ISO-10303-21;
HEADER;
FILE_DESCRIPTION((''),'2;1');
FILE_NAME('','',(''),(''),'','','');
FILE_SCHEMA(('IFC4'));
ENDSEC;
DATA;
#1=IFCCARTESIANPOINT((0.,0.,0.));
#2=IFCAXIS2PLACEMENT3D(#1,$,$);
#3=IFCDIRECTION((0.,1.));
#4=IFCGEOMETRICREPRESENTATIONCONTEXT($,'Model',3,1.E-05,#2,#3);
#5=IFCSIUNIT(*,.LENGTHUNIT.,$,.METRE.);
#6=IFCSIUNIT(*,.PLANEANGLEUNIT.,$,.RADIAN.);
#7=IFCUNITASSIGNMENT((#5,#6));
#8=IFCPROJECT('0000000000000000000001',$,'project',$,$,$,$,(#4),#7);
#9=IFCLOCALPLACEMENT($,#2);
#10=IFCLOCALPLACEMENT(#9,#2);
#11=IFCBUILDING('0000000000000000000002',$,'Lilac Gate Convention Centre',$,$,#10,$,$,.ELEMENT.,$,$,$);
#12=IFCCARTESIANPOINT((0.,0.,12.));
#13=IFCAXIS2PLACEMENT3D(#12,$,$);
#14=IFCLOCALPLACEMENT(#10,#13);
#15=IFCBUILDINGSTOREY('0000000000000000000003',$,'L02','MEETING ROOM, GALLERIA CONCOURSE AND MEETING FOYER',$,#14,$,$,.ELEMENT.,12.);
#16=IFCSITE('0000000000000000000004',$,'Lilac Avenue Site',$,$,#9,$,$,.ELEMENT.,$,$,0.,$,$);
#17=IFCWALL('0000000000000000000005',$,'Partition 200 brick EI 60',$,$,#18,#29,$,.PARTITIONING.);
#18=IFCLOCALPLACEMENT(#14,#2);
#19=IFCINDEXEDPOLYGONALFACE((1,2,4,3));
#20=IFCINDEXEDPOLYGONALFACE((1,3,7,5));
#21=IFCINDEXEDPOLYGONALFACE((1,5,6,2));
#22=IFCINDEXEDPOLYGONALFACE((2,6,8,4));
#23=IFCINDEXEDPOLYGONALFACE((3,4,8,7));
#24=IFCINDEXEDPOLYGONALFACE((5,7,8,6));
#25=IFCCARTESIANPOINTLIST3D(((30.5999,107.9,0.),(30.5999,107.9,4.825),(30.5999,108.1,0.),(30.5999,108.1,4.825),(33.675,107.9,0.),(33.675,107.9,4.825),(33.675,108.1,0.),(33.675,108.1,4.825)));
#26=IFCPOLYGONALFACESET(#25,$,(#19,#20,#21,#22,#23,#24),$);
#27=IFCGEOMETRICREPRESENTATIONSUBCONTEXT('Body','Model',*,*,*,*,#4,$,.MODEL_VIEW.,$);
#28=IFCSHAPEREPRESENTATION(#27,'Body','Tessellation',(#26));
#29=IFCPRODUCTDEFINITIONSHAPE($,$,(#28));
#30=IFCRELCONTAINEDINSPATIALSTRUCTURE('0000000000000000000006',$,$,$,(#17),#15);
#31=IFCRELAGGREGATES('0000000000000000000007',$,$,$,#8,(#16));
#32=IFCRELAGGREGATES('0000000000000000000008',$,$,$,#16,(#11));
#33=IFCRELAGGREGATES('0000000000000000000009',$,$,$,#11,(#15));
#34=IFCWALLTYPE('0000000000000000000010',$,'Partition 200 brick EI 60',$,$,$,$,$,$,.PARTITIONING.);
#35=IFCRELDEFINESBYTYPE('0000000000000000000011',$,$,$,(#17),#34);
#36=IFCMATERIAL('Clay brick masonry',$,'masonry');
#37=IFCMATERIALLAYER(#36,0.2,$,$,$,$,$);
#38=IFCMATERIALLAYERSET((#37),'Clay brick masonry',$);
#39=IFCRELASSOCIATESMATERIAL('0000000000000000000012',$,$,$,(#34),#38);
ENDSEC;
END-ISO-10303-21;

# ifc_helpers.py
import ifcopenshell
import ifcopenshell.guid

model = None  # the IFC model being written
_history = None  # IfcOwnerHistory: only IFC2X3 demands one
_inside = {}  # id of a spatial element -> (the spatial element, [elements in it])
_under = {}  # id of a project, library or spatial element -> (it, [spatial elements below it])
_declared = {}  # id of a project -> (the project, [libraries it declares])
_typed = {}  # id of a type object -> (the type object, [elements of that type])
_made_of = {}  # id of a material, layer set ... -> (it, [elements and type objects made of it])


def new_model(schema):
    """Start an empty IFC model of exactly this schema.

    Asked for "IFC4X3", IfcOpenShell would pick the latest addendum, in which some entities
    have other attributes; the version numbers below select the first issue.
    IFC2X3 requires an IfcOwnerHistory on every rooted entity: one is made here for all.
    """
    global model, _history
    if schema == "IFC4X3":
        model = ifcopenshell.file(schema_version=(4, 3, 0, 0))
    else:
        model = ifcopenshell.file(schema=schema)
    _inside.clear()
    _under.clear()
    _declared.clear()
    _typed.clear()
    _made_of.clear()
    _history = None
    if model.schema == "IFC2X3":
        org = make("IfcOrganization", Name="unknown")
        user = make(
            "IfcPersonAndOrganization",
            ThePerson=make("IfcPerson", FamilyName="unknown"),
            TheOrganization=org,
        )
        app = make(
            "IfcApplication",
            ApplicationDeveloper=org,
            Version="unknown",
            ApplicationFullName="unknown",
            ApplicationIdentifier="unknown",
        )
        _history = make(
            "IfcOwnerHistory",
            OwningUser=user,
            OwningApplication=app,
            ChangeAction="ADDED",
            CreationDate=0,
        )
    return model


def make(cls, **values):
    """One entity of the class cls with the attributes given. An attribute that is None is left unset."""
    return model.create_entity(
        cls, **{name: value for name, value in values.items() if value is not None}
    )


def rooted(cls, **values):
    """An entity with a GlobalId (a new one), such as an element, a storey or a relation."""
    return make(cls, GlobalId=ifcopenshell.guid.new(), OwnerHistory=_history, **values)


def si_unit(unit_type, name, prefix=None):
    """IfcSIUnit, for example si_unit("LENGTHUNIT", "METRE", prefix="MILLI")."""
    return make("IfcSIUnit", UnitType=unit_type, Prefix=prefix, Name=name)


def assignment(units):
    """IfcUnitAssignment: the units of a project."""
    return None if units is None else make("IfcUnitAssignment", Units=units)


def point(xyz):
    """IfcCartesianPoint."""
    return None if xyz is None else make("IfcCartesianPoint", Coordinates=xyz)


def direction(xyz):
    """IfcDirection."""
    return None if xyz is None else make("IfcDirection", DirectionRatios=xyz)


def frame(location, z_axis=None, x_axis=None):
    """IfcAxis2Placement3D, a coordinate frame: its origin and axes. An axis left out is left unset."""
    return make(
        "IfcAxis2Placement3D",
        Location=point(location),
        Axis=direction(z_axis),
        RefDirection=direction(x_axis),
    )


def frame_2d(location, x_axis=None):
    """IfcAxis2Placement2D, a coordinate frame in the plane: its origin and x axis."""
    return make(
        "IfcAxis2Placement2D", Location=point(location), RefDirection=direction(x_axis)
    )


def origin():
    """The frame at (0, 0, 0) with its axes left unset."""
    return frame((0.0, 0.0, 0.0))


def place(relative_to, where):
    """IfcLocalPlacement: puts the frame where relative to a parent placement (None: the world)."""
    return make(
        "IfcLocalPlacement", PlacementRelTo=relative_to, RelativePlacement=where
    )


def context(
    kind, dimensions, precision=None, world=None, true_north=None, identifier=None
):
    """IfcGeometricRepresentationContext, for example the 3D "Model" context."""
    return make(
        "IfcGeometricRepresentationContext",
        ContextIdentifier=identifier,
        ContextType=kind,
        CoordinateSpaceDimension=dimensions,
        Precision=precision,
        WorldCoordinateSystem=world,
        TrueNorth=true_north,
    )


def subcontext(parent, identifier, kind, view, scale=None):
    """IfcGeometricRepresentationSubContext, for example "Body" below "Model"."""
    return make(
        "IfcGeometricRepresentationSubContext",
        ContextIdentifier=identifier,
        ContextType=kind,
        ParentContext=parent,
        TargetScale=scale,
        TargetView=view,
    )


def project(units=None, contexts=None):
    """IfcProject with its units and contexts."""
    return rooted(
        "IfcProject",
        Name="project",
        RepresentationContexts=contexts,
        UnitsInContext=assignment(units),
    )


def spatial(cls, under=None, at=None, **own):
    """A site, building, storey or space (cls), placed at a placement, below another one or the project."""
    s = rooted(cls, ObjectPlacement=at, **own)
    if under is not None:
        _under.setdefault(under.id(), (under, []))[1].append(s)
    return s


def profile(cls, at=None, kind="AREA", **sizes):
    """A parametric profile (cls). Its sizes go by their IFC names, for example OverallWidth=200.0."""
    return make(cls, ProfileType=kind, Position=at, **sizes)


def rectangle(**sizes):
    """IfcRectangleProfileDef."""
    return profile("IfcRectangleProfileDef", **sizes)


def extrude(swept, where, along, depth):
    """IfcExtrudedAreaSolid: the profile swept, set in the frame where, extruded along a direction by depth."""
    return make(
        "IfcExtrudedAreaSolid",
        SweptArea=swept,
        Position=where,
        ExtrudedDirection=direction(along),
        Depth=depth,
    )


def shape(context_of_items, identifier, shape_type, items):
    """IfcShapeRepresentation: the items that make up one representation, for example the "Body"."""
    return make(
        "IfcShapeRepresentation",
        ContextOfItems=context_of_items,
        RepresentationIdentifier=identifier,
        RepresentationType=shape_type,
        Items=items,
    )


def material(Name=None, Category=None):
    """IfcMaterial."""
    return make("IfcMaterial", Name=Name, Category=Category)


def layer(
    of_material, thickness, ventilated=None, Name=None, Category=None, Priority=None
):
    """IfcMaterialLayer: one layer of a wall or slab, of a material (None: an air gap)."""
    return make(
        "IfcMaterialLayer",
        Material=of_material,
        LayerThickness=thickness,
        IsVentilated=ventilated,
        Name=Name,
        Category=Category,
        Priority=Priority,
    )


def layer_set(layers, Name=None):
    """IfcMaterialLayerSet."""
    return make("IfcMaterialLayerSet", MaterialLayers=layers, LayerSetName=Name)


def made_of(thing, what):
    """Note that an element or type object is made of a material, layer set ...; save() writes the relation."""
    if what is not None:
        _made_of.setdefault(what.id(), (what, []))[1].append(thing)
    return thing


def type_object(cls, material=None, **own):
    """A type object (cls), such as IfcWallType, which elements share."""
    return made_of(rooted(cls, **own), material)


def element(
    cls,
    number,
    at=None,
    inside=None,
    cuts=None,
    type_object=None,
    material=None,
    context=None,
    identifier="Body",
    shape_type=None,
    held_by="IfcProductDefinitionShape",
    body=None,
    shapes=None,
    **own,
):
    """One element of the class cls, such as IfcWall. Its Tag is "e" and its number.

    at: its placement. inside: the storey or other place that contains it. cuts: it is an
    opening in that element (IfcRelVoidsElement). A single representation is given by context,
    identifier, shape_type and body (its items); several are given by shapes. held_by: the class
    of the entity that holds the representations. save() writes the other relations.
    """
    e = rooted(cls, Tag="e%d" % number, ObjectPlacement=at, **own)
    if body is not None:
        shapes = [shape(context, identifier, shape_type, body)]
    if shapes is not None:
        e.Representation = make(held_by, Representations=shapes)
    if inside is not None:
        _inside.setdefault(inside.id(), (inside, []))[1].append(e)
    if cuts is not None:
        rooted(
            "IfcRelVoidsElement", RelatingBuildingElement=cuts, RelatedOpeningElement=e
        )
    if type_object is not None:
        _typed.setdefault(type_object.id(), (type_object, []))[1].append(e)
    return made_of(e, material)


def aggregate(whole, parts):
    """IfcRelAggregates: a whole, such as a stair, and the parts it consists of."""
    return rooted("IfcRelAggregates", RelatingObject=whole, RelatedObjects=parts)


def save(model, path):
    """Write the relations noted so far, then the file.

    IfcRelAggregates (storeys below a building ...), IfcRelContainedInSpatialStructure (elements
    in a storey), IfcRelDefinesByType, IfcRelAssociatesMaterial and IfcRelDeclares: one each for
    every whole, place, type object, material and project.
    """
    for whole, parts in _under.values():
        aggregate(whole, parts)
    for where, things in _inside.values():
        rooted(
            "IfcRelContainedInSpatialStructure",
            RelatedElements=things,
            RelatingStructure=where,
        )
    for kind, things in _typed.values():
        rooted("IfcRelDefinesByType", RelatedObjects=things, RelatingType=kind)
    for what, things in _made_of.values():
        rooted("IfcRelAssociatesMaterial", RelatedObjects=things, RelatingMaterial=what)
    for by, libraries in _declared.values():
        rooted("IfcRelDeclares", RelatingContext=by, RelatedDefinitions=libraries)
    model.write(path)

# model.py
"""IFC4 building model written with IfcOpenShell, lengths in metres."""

from ifc_helpers import new_model, si_unit, direction, frame, frame_2d, origin, place, context, subcontext, project, spatial, rectangle, extrude, material, layer, layer_set, type_object, element, save


model = new_model("IFC4")

# Units and contexts
model_context = context("Model", 3, precision=1e-05, world=origin(), true_north=direction((0.0, 1.0)))
body_context = subcontext(model_context, "Body", "Model", "MODEL_VIEW")
ifc_project = project(units=[si_unit("LENGTHUNIT", "METRE"), si_unit("PLANEANGLEUNIT", "RADIAN")], contexts=[model_context])

# Site, building, storey
site_placement = place(None, origin())
site = spatial("IfcSite", under=ifc_project, at=site_placement, Name="Lilac Avenue Site", CompositionType="ELEMENT", RefElevation=0.0)
building_placement = place(site_placement, origin())
building = spatial("IfcBuilding", under=site, at=building_placement, Name="Lilac Gate Convention Centre", CompositionType="ELEMENT")
storey_placement = place(building_placement, frame((0.0, 0.0, 12.0)))
storey = spatial("IfcBuildingStorey", under=building, at=storey_placement, Name="L02", Description="MEETING ROOM, GALLERIA CONCOURSE AND MEETING FOYER", CompositionType="ELEMENT", Elevation=12.0)

# Wall
ifc_material_1 = material(Name="Clay brick masonry", Category="masonry")
ifc_layer_1 = layer(ifc_material_1, 0.2)
ifc_layer_set_1 = layer_set([ifc_layer_1], Name="Clay brick masonry")
wall_type_1 = type_object("IfcWallType", Name="Partition 200 brick EI 60", PredefinedType="PARTITIONING", material=ifc_layer_set_1)
wall_1_placement = place(storey_placement, frame((30.5999, 108.0, 0.0), z_axis=(0.0, 0.0, 1.0), x_axis=(1.0, 0.0, 0.0)))
element("IfcWall", 1, at=wall_1_placement, inside=storey, type_object=wall_type_1, Name="Partition 200 brick EI 60", PredefinedType="PARTITIONING", context=body_context, shape_type="SweptSolid", body=[
    extrude(rectangle(XDim=3.0752, YDim=0.2, at=frame_2d((1.5376, 0.0))), origin(), (0.0, 0.0, 1.0), 4.825),
])

save(model, "model.ifc")
